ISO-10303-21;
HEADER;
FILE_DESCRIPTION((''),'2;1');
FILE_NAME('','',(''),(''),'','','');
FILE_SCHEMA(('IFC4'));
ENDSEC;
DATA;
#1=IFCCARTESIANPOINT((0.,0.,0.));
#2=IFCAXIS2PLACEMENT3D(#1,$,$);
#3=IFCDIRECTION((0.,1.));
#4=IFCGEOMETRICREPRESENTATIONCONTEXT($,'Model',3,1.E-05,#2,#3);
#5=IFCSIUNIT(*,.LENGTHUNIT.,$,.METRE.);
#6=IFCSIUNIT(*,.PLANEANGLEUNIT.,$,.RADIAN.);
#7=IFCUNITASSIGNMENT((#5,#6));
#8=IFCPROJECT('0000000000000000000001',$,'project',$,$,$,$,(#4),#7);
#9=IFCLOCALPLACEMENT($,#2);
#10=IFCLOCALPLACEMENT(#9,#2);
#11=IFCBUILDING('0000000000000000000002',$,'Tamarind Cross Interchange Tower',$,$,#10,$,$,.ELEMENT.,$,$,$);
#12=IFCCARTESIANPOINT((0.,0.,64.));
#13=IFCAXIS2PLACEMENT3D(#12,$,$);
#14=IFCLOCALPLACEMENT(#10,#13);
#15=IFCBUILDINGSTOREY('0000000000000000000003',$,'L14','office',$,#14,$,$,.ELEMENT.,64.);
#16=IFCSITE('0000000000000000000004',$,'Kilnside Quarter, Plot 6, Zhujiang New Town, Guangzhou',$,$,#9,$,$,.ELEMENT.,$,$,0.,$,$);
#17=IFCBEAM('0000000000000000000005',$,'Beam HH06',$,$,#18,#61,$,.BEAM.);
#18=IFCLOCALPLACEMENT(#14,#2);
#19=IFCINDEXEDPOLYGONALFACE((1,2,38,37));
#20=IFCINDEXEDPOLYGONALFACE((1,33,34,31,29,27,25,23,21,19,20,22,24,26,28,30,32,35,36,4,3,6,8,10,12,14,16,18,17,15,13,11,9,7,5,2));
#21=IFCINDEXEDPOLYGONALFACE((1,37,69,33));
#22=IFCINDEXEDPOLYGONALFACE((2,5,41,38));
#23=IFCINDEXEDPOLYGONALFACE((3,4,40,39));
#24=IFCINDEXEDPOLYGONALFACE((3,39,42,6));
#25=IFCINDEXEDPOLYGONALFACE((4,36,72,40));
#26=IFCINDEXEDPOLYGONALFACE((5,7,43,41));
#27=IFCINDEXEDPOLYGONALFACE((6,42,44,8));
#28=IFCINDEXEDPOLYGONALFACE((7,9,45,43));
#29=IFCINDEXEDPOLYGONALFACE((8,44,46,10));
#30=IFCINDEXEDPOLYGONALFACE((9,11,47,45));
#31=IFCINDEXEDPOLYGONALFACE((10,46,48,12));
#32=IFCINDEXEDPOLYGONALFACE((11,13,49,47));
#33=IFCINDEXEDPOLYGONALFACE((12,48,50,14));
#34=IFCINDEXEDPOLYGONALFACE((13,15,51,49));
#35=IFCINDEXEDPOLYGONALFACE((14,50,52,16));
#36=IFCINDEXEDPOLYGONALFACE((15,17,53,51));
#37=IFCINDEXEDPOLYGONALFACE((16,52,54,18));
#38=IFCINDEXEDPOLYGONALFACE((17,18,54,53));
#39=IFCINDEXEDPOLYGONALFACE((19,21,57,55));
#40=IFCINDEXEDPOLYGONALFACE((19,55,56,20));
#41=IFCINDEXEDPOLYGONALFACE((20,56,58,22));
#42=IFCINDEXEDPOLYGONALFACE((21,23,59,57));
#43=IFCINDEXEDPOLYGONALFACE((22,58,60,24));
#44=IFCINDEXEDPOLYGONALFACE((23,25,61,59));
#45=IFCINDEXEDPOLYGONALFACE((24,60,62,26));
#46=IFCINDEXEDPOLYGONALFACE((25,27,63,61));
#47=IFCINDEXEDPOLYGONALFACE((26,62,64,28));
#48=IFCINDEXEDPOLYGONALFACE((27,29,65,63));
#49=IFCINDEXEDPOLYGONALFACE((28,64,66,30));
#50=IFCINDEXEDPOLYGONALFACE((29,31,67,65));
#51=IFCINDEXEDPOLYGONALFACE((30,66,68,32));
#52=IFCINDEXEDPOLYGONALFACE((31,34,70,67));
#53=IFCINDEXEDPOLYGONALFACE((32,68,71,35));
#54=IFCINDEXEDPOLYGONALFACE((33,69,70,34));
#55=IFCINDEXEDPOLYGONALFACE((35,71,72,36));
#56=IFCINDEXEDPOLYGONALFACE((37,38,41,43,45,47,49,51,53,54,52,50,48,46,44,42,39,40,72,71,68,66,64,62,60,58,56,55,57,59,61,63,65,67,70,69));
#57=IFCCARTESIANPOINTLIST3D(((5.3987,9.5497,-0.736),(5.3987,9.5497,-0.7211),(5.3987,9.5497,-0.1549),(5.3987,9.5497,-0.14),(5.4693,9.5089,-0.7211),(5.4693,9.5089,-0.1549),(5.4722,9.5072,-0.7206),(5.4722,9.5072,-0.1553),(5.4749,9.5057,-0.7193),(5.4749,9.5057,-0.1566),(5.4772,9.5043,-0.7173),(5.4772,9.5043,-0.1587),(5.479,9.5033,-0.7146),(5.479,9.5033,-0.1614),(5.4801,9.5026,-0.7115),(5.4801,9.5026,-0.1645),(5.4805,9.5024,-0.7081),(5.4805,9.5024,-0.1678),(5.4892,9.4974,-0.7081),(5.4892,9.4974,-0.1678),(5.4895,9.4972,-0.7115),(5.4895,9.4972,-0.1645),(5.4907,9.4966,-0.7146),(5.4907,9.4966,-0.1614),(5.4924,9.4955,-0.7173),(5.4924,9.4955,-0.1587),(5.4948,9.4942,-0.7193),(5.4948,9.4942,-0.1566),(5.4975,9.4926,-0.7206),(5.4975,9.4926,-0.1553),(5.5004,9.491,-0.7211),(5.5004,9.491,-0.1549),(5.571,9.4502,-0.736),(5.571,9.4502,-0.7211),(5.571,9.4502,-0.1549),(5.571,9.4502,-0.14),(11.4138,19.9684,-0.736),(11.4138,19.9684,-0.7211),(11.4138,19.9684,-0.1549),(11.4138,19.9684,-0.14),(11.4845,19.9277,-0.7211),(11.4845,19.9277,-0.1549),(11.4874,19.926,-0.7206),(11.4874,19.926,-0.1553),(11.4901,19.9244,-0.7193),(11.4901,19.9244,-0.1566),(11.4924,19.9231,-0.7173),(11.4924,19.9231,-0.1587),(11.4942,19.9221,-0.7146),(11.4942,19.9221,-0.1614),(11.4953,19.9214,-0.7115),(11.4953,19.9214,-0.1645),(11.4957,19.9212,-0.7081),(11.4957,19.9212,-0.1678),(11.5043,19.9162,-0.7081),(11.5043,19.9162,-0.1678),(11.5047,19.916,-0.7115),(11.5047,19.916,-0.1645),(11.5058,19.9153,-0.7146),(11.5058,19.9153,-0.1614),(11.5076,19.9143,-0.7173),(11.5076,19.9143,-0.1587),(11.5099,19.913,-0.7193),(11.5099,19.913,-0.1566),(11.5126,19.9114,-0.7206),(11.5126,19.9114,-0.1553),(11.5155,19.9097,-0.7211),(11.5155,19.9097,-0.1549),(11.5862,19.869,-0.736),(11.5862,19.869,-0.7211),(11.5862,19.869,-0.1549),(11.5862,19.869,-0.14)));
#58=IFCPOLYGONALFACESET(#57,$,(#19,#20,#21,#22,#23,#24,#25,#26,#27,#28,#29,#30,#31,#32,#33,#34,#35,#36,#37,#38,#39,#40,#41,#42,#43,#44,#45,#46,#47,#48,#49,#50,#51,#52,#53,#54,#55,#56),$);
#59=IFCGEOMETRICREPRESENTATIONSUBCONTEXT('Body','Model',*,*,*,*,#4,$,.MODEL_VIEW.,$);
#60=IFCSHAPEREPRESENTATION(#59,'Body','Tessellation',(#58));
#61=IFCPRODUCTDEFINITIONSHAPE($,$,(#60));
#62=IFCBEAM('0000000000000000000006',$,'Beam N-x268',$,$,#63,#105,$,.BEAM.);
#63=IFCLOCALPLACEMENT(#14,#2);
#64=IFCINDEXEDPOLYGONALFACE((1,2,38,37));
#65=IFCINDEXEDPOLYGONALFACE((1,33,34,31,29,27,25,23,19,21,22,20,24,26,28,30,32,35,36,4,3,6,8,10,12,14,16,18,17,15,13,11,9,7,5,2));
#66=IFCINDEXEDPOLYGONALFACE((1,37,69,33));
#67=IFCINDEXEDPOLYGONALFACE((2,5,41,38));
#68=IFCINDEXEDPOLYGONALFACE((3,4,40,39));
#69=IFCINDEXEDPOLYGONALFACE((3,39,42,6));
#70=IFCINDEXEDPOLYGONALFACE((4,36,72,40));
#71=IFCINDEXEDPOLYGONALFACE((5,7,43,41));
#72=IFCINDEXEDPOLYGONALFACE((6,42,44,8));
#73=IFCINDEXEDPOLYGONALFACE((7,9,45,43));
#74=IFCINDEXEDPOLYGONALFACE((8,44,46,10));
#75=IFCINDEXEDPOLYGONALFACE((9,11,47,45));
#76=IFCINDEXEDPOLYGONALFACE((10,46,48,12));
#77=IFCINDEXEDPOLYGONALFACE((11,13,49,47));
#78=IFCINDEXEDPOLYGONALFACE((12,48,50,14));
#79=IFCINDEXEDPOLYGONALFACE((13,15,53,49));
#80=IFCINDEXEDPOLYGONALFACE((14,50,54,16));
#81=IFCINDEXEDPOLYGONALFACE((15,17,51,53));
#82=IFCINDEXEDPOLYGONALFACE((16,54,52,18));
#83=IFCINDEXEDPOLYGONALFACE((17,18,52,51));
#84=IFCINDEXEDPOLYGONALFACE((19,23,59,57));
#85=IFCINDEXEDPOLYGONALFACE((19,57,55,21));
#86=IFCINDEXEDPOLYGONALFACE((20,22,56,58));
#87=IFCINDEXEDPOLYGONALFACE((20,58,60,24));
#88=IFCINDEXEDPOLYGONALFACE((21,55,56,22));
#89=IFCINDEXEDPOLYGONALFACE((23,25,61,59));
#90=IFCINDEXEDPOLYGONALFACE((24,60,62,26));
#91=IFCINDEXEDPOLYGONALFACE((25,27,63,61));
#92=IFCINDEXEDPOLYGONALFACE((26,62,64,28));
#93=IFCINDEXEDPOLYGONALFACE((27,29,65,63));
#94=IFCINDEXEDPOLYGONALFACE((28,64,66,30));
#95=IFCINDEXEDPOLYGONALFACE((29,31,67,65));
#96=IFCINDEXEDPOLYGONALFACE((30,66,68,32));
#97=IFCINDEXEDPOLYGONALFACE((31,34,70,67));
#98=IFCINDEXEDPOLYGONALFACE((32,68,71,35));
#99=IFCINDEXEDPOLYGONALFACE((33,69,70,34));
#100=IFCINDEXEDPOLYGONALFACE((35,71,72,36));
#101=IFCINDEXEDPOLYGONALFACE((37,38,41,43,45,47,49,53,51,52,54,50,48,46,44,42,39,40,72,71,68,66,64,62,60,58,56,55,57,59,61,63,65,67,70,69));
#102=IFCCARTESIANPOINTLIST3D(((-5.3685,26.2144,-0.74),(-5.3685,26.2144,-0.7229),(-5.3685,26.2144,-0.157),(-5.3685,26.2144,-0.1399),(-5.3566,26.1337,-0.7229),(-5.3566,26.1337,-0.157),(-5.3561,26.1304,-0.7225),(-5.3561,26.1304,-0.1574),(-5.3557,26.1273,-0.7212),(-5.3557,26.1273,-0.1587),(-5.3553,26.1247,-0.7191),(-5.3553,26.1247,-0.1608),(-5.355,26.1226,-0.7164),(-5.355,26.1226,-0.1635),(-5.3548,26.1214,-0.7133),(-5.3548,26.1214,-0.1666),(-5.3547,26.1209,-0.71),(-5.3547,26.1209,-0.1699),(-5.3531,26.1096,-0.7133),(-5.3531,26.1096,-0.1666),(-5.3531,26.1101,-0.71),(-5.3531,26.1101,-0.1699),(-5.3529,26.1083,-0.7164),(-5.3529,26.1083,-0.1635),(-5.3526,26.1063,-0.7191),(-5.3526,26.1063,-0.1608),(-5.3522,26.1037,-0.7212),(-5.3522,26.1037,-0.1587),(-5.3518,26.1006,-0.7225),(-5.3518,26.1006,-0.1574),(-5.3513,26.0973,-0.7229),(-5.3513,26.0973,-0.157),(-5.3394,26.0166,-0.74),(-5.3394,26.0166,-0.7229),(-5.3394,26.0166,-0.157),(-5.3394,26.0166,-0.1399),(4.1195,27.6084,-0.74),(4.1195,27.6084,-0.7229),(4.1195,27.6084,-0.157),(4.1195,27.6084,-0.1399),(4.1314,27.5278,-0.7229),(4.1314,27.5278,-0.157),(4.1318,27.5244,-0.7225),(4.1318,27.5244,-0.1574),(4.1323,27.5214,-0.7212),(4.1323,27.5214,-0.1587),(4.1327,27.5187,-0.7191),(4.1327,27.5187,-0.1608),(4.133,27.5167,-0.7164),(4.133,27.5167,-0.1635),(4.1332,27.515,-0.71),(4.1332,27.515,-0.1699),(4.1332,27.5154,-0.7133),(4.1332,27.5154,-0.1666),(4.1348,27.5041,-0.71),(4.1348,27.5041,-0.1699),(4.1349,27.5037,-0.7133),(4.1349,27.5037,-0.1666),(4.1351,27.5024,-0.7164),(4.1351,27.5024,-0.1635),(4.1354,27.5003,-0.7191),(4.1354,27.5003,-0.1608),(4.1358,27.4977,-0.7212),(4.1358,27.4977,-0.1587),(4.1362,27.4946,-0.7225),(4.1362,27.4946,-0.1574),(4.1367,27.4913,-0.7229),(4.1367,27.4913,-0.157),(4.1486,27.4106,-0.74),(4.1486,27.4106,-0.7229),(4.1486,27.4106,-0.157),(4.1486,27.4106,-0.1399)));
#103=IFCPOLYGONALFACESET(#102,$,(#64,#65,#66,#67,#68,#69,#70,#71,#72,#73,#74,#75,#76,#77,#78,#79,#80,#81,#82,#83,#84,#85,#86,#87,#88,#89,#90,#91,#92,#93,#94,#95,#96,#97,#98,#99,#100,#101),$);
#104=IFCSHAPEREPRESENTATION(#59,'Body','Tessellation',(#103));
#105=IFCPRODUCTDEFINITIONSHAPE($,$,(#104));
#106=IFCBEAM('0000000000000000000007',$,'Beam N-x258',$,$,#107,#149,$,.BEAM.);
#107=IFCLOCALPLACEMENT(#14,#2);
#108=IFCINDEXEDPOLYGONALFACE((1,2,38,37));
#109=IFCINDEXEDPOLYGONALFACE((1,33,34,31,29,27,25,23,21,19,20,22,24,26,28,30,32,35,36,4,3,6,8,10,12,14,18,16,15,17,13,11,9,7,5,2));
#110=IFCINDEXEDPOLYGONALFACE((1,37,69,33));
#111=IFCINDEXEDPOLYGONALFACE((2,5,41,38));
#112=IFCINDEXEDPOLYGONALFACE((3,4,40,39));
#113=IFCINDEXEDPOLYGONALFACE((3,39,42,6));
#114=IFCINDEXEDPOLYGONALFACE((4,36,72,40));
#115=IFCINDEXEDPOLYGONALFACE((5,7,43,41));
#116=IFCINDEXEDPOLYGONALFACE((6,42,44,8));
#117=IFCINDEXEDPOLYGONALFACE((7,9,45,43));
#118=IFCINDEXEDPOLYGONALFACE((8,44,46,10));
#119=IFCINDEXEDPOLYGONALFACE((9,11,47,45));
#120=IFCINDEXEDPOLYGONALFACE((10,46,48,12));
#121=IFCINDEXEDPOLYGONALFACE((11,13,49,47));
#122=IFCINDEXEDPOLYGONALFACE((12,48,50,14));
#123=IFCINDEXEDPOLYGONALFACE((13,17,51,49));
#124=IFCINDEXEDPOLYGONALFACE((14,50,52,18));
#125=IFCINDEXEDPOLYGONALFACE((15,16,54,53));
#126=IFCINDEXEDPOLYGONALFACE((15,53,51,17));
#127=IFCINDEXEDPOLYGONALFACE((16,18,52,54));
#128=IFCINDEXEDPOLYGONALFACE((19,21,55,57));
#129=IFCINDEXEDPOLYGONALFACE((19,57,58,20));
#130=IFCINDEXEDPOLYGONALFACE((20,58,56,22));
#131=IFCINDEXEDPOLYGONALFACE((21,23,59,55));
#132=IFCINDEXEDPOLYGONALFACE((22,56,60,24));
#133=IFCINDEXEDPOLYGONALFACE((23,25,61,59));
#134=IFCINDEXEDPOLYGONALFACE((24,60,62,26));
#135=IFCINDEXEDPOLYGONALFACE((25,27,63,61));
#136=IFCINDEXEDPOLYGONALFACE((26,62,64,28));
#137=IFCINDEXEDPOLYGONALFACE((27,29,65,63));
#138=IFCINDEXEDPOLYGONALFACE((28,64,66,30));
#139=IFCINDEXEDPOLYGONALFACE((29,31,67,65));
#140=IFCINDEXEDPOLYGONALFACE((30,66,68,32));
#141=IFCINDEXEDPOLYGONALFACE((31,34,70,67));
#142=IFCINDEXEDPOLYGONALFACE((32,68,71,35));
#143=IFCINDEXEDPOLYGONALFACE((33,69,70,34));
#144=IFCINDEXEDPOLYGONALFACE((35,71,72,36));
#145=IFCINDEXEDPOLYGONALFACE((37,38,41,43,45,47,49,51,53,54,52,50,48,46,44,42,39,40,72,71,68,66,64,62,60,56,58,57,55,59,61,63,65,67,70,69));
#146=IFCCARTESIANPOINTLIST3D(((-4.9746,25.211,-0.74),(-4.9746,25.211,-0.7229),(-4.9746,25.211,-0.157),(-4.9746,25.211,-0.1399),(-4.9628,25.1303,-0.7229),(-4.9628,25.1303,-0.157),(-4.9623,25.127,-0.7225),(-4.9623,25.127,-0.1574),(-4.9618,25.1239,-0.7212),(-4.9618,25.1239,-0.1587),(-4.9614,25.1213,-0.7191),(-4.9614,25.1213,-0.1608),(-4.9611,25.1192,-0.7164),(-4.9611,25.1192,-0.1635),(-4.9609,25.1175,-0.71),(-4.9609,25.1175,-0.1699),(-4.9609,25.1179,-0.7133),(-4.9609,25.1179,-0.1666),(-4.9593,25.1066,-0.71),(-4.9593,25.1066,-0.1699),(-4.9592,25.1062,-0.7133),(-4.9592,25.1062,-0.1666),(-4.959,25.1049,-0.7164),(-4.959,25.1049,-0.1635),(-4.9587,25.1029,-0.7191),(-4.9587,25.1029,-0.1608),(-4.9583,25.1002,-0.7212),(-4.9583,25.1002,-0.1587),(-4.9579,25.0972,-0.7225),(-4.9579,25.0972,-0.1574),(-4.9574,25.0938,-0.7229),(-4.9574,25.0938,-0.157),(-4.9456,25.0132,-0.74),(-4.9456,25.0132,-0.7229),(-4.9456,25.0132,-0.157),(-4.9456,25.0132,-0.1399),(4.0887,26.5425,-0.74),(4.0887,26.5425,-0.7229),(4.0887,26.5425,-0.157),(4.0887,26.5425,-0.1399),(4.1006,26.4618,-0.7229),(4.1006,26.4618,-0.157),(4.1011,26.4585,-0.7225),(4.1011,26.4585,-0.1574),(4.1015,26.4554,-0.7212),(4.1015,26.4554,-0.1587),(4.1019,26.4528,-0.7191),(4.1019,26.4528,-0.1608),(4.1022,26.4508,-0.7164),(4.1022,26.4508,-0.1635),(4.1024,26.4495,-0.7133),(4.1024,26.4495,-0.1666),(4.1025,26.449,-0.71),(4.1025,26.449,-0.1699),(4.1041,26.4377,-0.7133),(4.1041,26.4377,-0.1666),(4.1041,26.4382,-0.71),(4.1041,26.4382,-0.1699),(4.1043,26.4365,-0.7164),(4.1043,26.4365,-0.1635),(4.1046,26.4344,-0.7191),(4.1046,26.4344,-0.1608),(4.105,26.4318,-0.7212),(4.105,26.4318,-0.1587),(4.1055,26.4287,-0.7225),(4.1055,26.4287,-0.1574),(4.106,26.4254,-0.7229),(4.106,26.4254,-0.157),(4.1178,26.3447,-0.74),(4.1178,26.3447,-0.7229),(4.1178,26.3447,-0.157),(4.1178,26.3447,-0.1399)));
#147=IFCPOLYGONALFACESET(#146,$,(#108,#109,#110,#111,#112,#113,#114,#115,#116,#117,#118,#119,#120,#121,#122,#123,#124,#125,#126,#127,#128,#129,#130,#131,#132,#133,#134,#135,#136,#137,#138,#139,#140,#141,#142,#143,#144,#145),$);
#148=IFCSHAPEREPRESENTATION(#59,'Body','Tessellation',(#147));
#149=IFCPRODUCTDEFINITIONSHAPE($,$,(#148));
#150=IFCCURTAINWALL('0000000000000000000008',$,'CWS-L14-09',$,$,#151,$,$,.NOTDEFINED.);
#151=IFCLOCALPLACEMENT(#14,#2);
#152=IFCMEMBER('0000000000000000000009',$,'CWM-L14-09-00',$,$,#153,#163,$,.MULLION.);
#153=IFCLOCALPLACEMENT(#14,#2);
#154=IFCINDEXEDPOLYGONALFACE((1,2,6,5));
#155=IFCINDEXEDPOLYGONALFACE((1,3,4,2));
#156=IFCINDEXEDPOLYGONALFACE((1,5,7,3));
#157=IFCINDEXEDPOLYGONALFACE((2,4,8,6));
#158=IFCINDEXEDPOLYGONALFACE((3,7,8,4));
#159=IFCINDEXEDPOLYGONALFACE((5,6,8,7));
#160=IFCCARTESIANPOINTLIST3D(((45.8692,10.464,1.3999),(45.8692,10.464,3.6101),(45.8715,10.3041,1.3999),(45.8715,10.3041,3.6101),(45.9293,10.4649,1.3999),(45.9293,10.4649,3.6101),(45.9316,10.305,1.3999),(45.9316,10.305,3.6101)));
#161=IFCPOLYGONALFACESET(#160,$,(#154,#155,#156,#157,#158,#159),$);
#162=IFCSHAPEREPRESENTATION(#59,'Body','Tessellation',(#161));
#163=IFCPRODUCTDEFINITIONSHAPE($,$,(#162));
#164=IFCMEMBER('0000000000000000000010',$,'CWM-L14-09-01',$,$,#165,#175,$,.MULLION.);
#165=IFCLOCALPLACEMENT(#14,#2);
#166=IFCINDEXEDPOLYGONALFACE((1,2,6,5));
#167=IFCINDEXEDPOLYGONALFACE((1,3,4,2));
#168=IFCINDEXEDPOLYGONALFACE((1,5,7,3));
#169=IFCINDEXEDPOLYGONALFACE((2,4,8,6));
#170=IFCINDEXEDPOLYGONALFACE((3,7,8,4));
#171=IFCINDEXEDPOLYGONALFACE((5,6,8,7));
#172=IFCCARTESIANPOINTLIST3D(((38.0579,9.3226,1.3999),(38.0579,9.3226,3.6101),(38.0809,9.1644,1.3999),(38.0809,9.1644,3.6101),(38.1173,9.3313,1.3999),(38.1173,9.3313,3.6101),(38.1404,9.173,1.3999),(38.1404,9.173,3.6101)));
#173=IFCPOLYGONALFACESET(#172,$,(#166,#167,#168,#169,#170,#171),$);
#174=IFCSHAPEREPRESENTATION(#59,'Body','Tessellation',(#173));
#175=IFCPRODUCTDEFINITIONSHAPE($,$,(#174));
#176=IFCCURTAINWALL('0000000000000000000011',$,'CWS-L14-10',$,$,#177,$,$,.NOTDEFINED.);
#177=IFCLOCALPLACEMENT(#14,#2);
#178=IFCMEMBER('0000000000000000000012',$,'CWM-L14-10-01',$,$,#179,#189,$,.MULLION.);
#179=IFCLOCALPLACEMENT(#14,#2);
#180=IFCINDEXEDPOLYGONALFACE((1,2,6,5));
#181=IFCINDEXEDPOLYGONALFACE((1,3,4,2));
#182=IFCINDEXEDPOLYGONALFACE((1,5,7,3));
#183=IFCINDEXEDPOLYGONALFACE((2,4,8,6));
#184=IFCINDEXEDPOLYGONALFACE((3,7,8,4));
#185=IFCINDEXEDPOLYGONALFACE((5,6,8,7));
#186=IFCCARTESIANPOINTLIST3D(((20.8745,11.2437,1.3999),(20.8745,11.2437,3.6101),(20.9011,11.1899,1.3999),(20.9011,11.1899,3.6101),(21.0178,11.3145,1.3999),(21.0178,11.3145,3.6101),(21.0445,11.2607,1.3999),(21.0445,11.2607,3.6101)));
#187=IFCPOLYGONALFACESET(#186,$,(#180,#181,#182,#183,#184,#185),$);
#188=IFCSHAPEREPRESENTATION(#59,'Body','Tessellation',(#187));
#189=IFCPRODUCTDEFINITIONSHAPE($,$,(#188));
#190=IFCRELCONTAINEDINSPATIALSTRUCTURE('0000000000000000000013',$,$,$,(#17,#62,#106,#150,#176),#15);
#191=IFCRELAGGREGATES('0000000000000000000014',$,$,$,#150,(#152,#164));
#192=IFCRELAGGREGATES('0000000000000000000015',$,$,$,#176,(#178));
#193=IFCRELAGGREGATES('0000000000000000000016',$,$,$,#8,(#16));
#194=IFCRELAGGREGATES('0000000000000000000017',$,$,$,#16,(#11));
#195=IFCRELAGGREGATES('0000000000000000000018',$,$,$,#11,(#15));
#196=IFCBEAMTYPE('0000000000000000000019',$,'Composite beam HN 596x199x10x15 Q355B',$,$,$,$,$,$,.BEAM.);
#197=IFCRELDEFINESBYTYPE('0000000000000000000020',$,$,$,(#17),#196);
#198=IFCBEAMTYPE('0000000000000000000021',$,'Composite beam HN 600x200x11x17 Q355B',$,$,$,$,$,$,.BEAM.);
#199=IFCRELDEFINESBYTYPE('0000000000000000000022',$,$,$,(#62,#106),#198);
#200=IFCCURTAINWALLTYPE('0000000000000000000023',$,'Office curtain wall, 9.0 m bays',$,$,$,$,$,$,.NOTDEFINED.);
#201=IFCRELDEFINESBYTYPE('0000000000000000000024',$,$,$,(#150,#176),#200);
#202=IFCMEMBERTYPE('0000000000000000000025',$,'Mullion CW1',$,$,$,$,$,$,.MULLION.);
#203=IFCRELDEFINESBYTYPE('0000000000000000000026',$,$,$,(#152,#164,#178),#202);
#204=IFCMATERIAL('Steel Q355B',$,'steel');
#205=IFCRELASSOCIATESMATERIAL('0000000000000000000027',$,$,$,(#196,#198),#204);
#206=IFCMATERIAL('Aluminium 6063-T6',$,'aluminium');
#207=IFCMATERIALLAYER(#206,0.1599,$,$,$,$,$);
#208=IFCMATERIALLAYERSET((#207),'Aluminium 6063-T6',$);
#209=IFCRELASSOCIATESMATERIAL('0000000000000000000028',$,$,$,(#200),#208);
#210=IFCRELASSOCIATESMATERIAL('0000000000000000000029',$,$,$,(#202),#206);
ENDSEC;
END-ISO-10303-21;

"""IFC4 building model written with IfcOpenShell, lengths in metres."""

from ifc_helpers import new_model, si_unit, direction, frame, origin, origin_2d, place, context, subcontext, project, spatial, rectangle, i_section, extrude, material, layer, layer_set, material_profile, profile_set, type_object, element, aggregate, save


model = new_model("IFC4")

# Units and contexts
model_context = context("Model", 3, precision=1e-05, world=origin(), true_north=direction((0.0, 1.0)))
body_context = subcontext(model_context, "Body", "Model", "MODEL_VIEW")
ifc_project = project(units=[si_unit("LENGTHUNIT", "METRE"), si_unit("PLANEANGLEUNIT", "RADIAN")], contexts=[model_context])

# Site, building, storey
site_placement = place(None, origin())
site = spatial("IfcSite", under=ifc_project, at=site_placement, Name="Kilnside Quarter, Plot 6, Zhujiang New Town, Guangzhou", CompositionType="ELEMENT", RefElevation=0.0)
building_placement = place(site_placement, origin())
building = spatial("IfcBuilding", under=site, at=building_placement, Name="Tamarind Cross Interchange Tower", CompositionType="ELEMENT")
storey_placement = place(building_placement, frame((0.0, 0.0, 64.0)))
storey = spatial("IfcBuildingStorey", under=building, at=storey_placement, Name="L14", Description="office", CompositionType="ELEMENT", Elevation=64.0)

# Beams
ifc_material_1 = material(Name="Steel Q355B", Category="steel")
ifc_material_profile_1 = material_profile(ifc_material_1, i_section(OverallWidth=0.199, OverallDepth=0.5959, WebThickness=0.01, FlangeThickness=0.0149, FilletRadius=0.0129, at=origin_2d()), Name="HN 596x199x10x15")
ifc_profile_set_1 = profile_set([ifc_material_profile_1], Name="Steel Q355B")
beam_type_1 = type_object("IfcBeamType", Name="Composite beam HN 596x199x10x15 Q355B", PredefinedType="BEAM", material=ifc_profile_set_1)
beam_1_placement = place(storey_placement, frame((11.5, 19.9187, -0.438), z_axis=(-0.499994, -0.866029, 0.0), x_axis=(0.866029, -0.499994, 0.0)))
element("IfcBeam", 1, at=beam_1_placement, inside=storey, type_object=beam_type_1, Name="Beam HH06", PredefinedType="BEAM", context=body_context, shape_type="SweptSolid", body=[
    extrude(i_section(OverallWidth=0.199, OverallDepth=0.5959, WebThickness=0.01, FlangeThickness=0.0149, FilletRadius=0.0129, at=origin_2d()), origin(), (0.0, 0.0, 1.0), 12.0305),
])
ifc_material_profile_2 = material_profile(ifc_material_1, i_section(OverallWidth=0.2, OverallDepth=0.6001, WebThickness=0.011, FlangeThickness=0.0171, FilletRadius=0.0129, at=origin_2d()), Name="HN 600x200x11x17")
ifc_profile_set_2 = profile_set([ifc_material_profile_2], Name="Steel Q355B")
beam_type_2 = type_object("IfcBeamType", Name="Composite beam HN 600x200x11x17 Q355B", PredefinedType="BEAM", material=ifc_profile_set_2)
beam_2_placement = place(storey_placement, frame((4.134, 27.5095, -0.4399), z_axis=(-0.989378, -0.145366, 0.0), x_axis=(0.145366, -0.989378, 0.0)))
element("IfcBeam", 2, at=beam_2_placement, inside=storey, type_object=beam_type_2, Name="Beam N-x268", PredefinedType="BEAM", context=body_context, shape_type="SweptSolid", body=[
    extrude(i_section(OverallWidth=0.2, OverallDepth=0.6001, WebThickness=0.011, FlangeThickness=0.0171, FilletRadius=0.0129, at=origin_2d()), origin(), (0.0, 0.0, 1.0), 9.5898),
])
beam_3_placement = place(storey_placement, frame((4.1033, 26.4436, -0.4399), z_axis=(-0.98938, -0.145353, 0.0), x_axis=(0.145353, -0.98938, 0.0)))
element("IfcBeam", 3, at=beam_3_placement, inside=storey, type_object=beam_type_2, Name="Beam N-x258", PredefinedType="BEAM", context=body_context, shape_type="SweptSolid", body=[
    extrude(i_section(OverallWidth=0.2, OverallDepth=0.6001, WebThickness=0.011, FlangeThickness=0.0171, FilletRadius=0.0129, at=origin_2d()), origin(), (0.0, 0.0, 1.0), 9.1606),
])

# Curtain walls, members
ifc_material_2 = material(Name="Aluminium 6063-T6", Category="aluminium")
ifc_layer_1 = layer(ifc_material_2, 0.1599)
ifc_layer_set_1 = layer_set([ifc_layer_1], Name="Aluminium 6063-T6")
curtain_wall_type = type_object("IfcCurtainWallType", Name="Office curtain wall, 9.0 m bays", PredefinedType="NOTDEFINED", material=ifc_layer_set_1)
curtain_wall_1_placement = place(storey_placement, origin())
curtain_wall_1 = element("IfcCurtainWall", 4, at=curtain_wall_1_placement, inside=storey, type_object=curtain_wall_type, Name="CWS-L14-09", PredefinedType="NOTDEFINED")
ifc_material_profile_3 = material_profile(ifc_material_2, rectangle(XDim=0.0601, YDim=0.1599, at=origin_2d()), Name="Mullion CW1")
ifc_profile_set_3 = profile_set([ifc_material_profile_3], Name="Aluminium 6063-T6")
member_type = type_object("IfcMemberType", Name="Mullion CW1", PredefinedType="MULLION", material=ifc_profile_set_3)
member_1_placement = place(storey_placement, frame((45.9004, 10.3845, 1.3999), z_axis=(0.0, 0.0, 1.0), x_axis=(-0.999897, -0.014386, 0.0)))
member_1 = element("IfcMember", 5, at=member_1_placement, type_object=member_type, Name="CWM-L14-09-00", PredefinedType="MULLION", context=body_context, shape_type="SweptSolid", body=[
    extrude(rectangle(XDim=0.0601, YDim=0.1599, at=origin_2d()), origin(), (0.0, 0.0, 1.0), 2.2102),
])
member_2_placement = place(storey_placement, frame((38.0991, 9.2478, 1.3999), z_axis=(0.0, 0.0, 1.0), x_axis=(-0.98955, -0.144187, 0.0)))
member_2 = element("IfcMember", 6, at=member_2_placement, type_object=member_type, Name="CWM-L14-09-01", PredefinedType="MULLION", context=body_context, shape_type="SweptSolid", body=[
    extrude(rectangle(XDim=0.0601, YDim=0.1599, at=origin_2d()), origin(), (0.0, 0.0, 1.0), 2.2102),
])
aggregate(curtain_wall_1, [member_1, member_2])
curtain_wall_2_placement = place(storey_placement, origin())
curtain_wall_2 = element("IfcCurtainWall", 7, at=curtain_wall_2_placement, inside=storey, type_object=curtain_wall_type, Name="CWS-L14-10", PredefinedType="NOTDEFINED")
member_3_placement = place(storey_placement, frame((20.9595, 11.2522, 1.3999), z_axis=(0.0, 0.0, 1.0), x_axis=(-0.443059, 0.896493, 0.0)))
member_3 = element("IfcMember", 8, at=member_3_placement, type_object=member_type, Name="CWM-L14-10-01", PredefinedType="MULLION", context=body_context, shape_type="SweptSolid", body=[
    extrude(rectangle(XDim=0.0601, YDim=0.1599, at=origin_2d()), origin(), (0.0, 0.0, 1.0), 2.2102),
])
aggregate(curtain_wall_2, [member_3])

save(model, "model.ifc")
